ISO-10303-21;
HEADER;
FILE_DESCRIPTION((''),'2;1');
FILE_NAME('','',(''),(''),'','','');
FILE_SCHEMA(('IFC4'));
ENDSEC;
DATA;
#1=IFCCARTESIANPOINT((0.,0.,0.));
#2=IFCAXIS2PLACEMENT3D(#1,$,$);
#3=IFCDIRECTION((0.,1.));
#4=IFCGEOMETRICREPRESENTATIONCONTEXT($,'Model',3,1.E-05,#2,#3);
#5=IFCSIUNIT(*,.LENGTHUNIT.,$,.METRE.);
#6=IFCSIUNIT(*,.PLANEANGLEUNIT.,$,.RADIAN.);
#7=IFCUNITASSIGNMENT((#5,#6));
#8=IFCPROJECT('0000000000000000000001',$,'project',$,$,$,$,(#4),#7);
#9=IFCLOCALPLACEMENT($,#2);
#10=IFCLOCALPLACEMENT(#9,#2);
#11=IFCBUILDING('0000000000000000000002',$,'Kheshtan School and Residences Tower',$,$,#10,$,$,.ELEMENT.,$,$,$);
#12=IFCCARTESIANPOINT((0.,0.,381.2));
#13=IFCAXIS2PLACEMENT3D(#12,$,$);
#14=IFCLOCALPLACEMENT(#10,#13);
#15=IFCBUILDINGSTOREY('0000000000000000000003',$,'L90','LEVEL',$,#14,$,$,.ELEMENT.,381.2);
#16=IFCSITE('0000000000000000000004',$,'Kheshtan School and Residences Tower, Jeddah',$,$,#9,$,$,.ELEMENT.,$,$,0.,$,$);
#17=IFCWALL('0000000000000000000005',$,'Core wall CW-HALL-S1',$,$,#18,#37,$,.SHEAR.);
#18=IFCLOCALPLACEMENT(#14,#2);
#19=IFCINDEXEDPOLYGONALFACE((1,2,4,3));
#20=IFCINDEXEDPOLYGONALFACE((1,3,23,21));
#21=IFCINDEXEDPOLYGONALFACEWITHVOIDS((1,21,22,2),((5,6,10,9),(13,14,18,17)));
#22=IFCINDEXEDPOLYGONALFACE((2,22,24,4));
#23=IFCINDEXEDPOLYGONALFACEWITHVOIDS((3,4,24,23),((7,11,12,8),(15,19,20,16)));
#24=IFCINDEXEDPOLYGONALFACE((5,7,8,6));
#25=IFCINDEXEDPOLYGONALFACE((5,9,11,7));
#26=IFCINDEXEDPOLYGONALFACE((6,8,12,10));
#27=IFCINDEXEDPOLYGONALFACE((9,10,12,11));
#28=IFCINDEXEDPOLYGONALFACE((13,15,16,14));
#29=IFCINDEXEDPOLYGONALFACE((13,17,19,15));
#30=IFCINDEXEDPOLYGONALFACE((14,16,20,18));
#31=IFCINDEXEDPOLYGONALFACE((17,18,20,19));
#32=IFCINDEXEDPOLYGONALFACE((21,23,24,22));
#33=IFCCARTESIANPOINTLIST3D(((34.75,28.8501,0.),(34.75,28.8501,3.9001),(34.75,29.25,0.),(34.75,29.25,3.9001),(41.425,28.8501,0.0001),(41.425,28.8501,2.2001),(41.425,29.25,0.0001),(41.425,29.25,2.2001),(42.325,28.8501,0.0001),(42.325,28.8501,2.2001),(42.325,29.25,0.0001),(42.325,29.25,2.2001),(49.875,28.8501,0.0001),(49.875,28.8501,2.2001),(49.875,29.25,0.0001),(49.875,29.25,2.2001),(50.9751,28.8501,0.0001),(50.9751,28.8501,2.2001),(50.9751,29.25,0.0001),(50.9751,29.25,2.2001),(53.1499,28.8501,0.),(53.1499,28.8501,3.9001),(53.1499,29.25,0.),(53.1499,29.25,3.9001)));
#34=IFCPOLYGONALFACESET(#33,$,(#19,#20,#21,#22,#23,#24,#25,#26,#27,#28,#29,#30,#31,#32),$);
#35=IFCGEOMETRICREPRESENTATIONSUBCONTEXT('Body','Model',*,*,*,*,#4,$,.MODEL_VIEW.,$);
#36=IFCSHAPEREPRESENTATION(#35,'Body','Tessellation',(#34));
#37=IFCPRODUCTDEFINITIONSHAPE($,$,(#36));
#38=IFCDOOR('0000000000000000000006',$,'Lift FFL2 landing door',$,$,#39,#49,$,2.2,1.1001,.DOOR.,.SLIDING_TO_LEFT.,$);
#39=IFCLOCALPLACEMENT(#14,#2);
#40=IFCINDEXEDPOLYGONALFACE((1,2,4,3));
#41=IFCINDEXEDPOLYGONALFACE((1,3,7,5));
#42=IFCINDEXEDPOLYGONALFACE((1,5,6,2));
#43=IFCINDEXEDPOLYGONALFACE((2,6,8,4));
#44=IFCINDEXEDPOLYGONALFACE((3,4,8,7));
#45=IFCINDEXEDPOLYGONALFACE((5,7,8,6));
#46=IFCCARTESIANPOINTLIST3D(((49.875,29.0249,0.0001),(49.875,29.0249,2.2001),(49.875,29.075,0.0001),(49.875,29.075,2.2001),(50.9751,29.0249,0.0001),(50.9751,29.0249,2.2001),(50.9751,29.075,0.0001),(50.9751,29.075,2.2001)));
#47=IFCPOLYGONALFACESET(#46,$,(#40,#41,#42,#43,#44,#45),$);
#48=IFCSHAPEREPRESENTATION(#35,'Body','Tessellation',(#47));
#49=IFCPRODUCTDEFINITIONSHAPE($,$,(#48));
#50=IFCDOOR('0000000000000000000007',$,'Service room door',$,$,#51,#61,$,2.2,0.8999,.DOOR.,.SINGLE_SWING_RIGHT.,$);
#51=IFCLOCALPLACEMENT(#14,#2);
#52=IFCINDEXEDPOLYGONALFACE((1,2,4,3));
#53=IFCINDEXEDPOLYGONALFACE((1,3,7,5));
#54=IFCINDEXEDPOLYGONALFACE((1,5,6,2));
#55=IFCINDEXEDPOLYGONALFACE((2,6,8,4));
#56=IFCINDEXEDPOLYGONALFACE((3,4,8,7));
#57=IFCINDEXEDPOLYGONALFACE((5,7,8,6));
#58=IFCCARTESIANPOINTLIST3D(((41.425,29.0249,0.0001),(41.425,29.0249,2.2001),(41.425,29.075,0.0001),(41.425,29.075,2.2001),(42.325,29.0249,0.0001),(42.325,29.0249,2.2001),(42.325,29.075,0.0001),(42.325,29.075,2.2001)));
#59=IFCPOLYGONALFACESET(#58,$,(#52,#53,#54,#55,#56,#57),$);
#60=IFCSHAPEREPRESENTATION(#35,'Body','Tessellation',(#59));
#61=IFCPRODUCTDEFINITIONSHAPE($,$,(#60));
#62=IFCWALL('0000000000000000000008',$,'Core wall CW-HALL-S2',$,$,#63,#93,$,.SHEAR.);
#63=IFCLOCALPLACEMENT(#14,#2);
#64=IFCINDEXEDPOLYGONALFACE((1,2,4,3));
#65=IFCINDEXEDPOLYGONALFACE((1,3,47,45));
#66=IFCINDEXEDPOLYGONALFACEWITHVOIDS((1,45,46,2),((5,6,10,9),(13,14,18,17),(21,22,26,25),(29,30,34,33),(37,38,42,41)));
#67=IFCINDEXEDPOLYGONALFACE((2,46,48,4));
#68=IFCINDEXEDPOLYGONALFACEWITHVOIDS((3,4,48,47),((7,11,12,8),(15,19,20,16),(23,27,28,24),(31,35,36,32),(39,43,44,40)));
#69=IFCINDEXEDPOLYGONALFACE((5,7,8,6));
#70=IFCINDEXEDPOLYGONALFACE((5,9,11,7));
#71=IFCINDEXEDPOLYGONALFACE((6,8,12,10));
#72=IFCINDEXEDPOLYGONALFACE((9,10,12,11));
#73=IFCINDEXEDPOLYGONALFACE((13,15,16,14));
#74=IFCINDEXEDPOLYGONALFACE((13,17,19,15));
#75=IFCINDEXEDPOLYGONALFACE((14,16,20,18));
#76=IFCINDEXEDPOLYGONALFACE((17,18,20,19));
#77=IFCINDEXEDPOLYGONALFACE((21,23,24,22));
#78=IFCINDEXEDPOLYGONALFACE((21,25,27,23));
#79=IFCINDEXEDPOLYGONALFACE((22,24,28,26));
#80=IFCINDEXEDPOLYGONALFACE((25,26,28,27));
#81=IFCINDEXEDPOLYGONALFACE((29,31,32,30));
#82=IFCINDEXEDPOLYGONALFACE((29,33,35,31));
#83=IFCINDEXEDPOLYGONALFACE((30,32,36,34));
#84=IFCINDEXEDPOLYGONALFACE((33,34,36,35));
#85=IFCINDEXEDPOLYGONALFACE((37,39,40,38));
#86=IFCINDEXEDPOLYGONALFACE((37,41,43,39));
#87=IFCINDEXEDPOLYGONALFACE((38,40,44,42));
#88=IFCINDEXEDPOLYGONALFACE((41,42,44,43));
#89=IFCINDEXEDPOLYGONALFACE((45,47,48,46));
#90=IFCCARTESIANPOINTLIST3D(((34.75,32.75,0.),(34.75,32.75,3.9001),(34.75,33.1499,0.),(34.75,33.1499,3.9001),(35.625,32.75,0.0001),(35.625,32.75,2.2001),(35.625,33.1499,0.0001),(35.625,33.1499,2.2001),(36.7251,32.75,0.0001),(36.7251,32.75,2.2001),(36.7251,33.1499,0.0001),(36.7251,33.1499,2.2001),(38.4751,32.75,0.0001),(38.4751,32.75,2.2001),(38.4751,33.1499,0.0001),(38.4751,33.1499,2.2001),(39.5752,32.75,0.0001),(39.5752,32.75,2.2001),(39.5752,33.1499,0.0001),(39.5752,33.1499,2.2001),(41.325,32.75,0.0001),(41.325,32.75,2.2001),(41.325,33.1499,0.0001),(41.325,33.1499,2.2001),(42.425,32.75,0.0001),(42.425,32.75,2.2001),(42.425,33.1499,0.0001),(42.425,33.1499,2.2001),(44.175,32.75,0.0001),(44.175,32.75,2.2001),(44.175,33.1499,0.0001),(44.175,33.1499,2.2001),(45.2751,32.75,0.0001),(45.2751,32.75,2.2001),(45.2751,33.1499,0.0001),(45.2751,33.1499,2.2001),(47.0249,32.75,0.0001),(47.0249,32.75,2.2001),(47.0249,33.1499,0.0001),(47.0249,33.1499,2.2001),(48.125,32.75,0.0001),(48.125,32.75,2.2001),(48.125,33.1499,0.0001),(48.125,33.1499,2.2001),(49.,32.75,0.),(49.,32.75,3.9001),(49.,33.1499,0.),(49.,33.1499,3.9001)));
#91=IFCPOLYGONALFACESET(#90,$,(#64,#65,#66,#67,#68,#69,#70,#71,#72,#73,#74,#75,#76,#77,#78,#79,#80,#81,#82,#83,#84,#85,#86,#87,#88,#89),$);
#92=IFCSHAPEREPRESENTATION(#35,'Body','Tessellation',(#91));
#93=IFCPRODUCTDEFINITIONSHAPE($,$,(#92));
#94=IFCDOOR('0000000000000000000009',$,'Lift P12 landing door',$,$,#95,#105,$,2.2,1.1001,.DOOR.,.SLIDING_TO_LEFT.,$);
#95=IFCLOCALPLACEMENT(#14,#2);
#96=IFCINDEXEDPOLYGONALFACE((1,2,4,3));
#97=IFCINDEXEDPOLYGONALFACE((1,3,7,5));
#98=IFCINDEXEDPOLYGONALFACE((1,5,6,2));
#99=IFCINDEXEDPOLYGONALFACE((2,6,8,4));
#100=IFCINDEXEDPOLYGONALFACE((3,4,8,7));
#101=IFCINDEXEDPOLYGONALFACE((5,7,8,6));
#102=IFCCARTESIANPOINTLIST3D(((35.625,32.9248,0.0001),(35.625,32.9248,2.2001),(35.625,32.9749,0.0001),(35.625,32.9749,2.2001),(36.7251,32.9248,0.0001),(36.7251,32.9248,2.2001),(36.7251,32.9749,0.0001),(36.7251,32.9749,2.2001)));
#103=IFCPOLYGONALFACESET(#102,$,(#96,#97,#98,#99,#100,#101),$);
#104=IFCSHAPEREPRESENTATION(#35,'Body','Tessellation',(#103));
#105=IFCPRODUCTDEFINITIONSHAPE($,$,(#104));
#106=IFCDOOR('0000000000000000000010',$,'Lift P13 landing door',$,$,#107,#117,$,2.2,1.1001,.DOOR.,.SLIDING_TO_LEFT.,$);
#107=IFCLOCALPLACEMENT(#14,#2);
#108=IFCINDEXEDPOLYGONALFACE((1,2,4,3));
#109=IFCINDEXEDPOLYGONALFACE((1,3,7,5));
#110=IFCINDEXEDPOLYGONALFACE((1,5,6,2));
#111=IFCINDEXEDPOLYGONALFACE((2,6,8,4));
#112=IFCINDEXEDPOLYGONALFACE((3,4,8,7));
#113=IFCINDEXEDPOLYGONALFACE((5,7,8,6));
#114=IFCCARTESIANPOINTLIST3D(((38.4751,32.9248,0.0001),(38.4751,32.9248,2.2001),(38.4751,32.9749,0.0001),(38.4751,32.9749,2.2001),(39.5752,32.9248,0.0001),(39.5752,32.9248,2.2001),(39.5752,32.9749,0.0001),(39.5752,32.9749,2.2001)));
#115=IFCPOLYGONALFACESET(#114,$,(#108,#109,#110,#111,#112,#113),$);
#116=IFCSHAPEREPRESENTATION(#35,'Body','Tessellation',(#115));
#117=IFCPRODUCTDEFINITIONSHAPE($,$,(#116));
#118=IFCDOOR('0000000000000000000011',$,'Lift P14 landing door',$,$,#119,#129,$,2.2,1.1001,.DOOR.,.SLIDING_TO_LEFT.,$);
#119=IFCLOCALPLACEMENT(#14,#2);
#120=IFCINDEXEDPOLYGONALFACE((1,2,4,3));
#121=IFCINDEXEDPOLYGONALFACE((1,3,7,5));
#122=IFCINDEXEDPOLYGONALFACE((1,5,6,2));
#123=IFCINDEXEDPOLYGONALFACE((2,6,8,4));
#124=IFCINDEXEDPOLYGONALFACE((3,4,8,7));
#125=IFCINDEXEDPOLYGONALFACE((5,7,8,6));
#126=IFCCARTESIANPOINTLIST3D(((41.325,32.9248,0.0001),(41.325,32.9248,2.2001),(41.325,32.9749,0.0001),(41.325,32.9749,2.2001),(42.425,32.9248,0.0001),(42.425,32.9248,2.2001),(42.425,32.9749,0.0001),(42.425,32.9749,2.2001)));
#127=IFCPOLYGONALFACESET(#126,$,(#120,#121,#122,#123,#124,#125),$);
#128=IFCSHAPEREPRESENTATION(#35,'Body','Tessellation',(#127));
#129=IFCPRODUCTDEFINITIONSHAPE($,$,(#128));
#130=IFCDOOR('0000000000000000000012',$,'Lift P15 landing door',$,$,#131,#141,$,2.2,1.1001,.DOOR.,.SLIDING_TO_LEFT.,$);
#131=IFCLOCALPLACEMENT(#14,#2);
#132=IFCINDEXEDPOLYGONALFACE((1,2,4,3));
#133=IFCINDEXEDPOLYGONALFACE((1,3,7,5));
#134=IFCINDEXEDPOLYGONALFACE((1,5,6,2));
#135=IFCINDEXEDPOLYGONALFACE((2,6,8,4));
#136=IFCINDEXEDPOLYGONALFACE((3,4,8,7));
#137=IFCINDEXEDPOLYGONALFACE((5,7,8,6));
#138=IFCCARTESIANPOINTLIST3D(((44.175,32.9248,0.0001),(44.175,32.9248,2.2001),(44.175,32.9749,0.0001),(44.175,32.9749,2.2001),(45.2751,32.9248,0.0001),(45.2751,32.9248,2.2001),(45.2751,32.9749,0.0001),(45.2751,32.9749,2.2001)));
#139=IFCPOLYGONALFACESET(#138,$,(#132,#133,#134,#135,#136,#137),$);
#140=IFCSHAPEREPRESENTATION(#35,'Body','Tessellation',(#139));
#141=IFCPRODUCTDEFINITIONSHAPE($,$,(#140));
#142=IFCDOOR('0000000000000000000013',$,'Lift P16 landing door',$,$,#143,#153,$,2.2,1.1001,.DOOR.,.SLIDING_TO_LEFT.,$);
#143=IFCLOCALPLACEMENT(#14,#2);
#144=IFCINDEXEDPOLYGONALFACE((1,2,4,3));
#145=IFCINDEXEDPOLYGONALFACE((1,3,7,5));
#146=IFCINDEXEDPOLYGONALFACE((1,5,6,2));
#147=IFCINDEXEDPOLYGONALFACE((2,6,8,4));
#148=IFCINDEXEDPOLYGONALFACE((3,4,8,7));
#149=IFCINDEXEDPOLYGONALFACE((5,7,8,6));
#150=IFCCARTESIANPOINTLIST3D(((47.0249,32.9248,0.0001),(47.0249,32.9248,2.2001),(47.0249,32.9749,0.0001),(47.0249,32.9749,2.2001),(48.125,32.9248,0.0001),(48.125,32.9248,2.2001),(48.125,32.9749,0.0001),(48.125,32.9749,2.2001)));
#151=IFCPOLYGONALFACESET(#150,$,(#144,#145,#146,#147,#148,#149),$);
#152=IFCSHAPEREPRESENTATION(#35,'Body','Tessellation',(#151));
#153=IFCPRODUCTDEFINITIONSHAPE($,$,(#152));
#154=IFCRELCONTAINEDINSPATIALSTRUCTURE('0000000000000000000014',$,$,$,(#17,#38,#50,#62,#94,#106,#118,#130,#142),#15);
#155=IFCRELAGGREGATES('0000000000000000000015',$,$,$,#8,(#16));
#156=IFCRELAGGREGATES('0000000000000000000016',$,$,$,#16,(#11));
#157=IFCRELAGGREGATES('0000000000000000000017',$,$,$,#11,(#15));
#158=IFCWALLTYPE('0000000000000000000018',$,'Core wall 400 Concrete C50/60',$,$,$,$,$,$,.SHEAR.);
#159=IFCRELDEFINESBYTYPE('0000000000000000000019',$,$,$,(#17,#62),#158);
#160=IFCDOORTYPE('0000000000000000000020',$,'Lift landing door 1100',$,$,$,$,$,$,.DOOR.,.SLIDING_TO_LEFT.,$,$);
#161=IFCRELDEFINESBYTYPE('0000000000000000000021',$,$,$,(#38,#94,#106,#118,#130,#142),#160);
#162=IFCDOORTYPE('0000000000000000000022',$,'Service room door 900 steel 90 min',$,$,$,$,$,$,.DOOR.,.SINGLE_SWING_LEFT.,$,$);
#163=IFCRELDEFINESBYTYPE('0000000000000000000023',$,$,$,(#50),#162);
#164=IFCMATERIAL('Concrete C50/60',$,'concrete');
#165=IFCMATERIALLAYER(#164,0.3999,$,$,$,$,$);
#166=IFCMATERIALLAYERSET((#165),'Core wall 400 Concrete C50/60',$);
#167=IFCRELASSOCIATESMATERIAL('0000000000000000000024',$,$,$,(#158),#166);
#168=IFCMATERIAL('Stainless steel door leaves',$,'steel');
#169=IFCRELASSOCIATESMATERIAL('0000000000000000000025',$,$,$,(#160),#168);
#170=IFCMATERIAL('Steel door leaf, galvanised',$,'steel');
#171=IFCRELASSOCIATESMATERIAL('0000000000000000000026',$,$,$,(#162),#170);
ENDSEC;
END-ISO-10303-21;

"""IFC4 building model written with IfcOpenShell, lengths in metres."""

from ifc_helpers import new_model, si_unit, direction, frame, frame_2d, origin, place, context, subcontext, project, spatial, rectangle, extrude, source, transform, mapped, material, layer, layer_set, type_object, element, fill, save


model = new_model("IFC4")

# Units and contexts
model_context = context("Model", 3, precision=1e-05, world=origin(), true_north=direction((0.0, 1.0)))
body_context = subcontext(model_context, "Body", "Model", "MODEL_VIEW")
ifc_project = project(units=[si_unit("LENGTHUNIT", "METRE"), si_unit("PLANEANGLEUNIT", "RADIAN")], contexts=[model_context])

# Site, building, storey
site_placement = place(None, origin())
site = spatial("IfcSite", under=ifc_project, at=site_placement, Name="Kheshtan School and Residences Tower, Jeddah", CompositionType="ELEMENT", RefElevation=0.0)
building_placement = place(site_placement, origin())
building = spatial("IfcBuilding", under=site, at=building_placement, Name="Kheshtan School and Residences Tower", CompositionType="ELEMENT")
storey_placement = place(building_placement, frame((0.0, 0.0, 381.2)))
storey = spatial("IfcBuildingStorey", under=building, at=storey_placement, Name="L90", Description="LEVEL", CompositionType="ELEMENT", Elevation=381.2)

# Walls, openings, doors
ifc_material_1 = material(Name="Concrete C50/60", Category="concrete")
ifc_layer_1 = layer(ifc_material_1, 0.3999)
ifc_layer_set_1 = layer_set([ifc_layer_1], Name="Core wall 400 Concrete C50/60")
wall_type_1 = type_object("IfcWallType", Name="Core wall 400 Concrete C50/60", PredefinedType="SHEAR", material=ifc_layer_set_1)
wall_1_placement = place(storey_placement, frame((34.75, 29.05, 0.0), z_axis=(0.0, 0.0, 1.0), x_axis=(1.0, 0.0, 0.0)))
wall_1 = element("IfcWall", 1, at=wall_1_placement, inside=storey, type_object=wall_type_1, Name="Core wall CW-HALL-S1", PredefinedType="SHEAR", context=body_context, shape_type="SweptSolid", body=[
    extrude(rectangle(XDim=18.3999, YDim=0.3999, at=frame_2d((9.2, 0.0))), origin(), (0.0, 0.0, 1.0), 3.9001),
])
opening_1_placement = place(wall_1_placement, frame((15.125, 0.0, 0.0)))
opening_1 = element("IfcOpeningElement", 2, at=opening_1_placement, cuts=wall_1, PredefinedType="OPENING", context=body_context, shape_type="SweptSolid", body=[
    extrude(rectangle(XDim=1.1001, YDim=2.2, at=frame_2d((0.55, 1.1001))), frame((0.0, 0.21, 0.0), z_axis=(0.0, -1.0, 0.0), x_axis=(1.0, 0.0, 0.0)), (0.0, 0.0, 1.0), 0.4199),
])
opening_2_placement = place(wall_1_placement, frame((6.675, 0.0, 0.0)))
opening_2 = element("IfcOpeningElement", 3, at=opening_2_placement, cuts=wall_1, PredefinedType="OPENING", context=body_context, shape_type="SweptSolid", body=[
    extrude(rectangle(XDim=0.8999, YDim=2.2, at=frame_2d((0.45, 1.1001))), frame((0.0, 0.21, 0.0), z_axis=(0.0, -1.0, 0.0), x_axis=(1.0, 0.0, 0.0)), (0.0, 0.0, 1.0), 0.4199),
])
ifc_material_2 = material(Name="Stainless steel door leaves", Category="steel")
door_type_1 = type_object("IfcDoorType", Name="Lift landing door 1100", OperationType="SLIDING_TO_LEFT", PredefinedType="DOOR", material=ifc_material_2)
shared_shape_1 = source(origin(), body_context, "Body", "SweptSolid", [
    extrude(rectangle(XDim=1.1001, YDim=2.2, at=frame_2d((0.55, 1.1001))), frame((0.0, 0.0249, 0.0), z_axis=(0.0, -1.0, 0.0), x_axis=(1.0, 0.0, 0.0)), (0.0, 0.0, 1.0), 0.05),
])
door_1_placement = place(opening_1_placement, origin())
door_1 = element("IfcDoor", 4, at=door_1_placement, inside=storey, type_object=door_type_1, Name="Lift FFL2 landing door", OperationType="SLIDING_TO_LEFT", OverallHeight=2.2, OverallWidth=1.1001, PredefinedType="DOOR", context=body_context, shape_type="MappedRepresentation", body=[
    mapped(shared_shape_1, transform((0.0, 0.0, 0.0), x_axis=(1.0, 0.0, 0.0), y_axis=(0.0, 1.0, 0.0), z_axis=(0.0, 0.0, 1.0), scale=1.0)),
])
fill(opening_1, door_1)
ifc_material_3 = material(Name="Steel door leaf, galvanised", Category="steel")
door_type_2 = type_object("IfcDoorType", Name="Service room door 900 steel 90 min", OperationType="SINGLE_SWING_LEFT", PredefinedType="DOOR", material=ifc_material_3)
shared_shape_2 = source(origin(), body_context, "Body", "SweptSolid", [
    extrude(rectangle(XDim=0.8999, YDim=2.2, at=frame_2d((0.45, 1.1001))), frame((0.0, 0.0249, 0.0), z_axis=(0.0, -1.0, 0.0), x_axis=(1.0, 0.0, 0.0)), (0.0, 0.0, 1.0), 0.05),
])
door_2_placement = place(opening_2_placement, origin())
door_2 = element("IfcDoor", 5, at=door_2_placement, inside=storey, type_object=door_type_2, Name="Service room door", OperationType="SINGLE_SWING_RIGHT", OverallHeight=2.2, OverallWidth=0.8999, PredefinedType="DOOR", context=body_context, shape_type="MappedRepresentation", body=[
    mapped(shared_shape_2, transform((0.0, 0.0, 0.0), x_axis=(1.0, 0.0, 0.0), y_axis=(0.0, 1.0, 0.0), z_axis=(0.0, 0.0, 1.0), scale=1.0)),
])
fill(opening_2, door_2)
wall_2_placement = place(storey_placement, frame((34.75, 32.95, 0.0), z_axis=(0.0, 0.0, 1.0), x_axis=(1.0, 0.0, 0.0)))
wall_2 = element("IfcWall", 6, at=wall_2_placement, inside=storey, type_object=wall_type_1, Name="Core wall CW-HALL-S2", PredefinedType="SHEAR", context=body_context, shape_type="SweptSolid", body=[
    extrude(rectangle(XDim=14.25, YDim=0.3999, at=frame_2d((7.125, 0.0))), origin(), (0.0, 0.0, 1.0), 3.9001),
])
opening_3_placement = place(wall_2_placement, frame((0.875, 0.0, 0.0)))
opening_3 = element("IfcOpeningElement", 7, at=opening_3_placement, cuts=wall_2, PredefinedType="OPENING", context=body_context, shape_type="SweptSolid", body=[
    extrude(rectangle(XDim=1.1001, YDim=2.2, at=frame_2d((0.55, 1.1001))), frame((0.0, 0.21, 0.0), z_axis=(0.0, -1.0, 0.0), x_axis=(1.0, 0.0, 0.0)), (0.0, 0.0, 1.0), 0.4199),
])
opening_4_placement = place(wall_2_placement, frame((3.7251, 0.0, 0.0)))
opening_4 = element("IfcOpeningElement", 8, at=opening_4_placement, cuts=wall_2, PredefinedType="OPENING", context=body_context, shape_type="SweptSolid", body=[
    extrude(rectangle(XDim=1.1001, YDim=2.2, at=frame_2d((0.55, 1.1001))), frame((0.0, 0.21, 0.0), z_axis=(0.0, -1.0, 0.0), x_axis=(1.0, 0.0, 0.0)), (0.0, 0.0, 1.0), 0.4199),
])
opening_5_placement = place(wall_2_placement, frame((6.575, 0.0, 0.0)))
opening_5 = element("IfcOpeningElement", 9, at=opening_5_placement, cuts=wall_2, PredefinedType="OPENING", context=body_context, shape_type="SweptSolid", body=[
    extrude(rectangle(XDim=1.1001, YDim=2.2, at=frame_2d((0.55, 1.1001))), frame((0.0, 0.21, 0.0), z_axis=(0.0, -1.0, 0.0), x_axis=(1.0, 0.0, 0.0)), (0.0, 0.0, 1.0), 0.4199),
])
opening_6_placement = place(wall_2_placement, frame((9.425, 0.0, 0.0)))
opening_6 = element("IfcOpeningElement", 10, at=opening_6_placement, cuts=wall_2, PredefinedType="OPENING", context=body_context, shape_type="SweptSolid", body=[
    extrude(rectangle(XDim=1.1001, YDim=2.2, at=frame_2d((0.55, 1.1001))), frame((0.0, 0.21, 0.0), z_axis=(0.0, -1.0, 0.0), x_axis=(1.0, 0.0, 0.0)), (0.0, 0.0, 1.0), 0.4199),
])
opening_7_placement = place(wall_2_placement, frame((12.2749, 0.0, 0.0)))
opening_7 = element("IfcOpeningElement", 11, at=opening_7_placement, cuts=wall_2, PredefinedType="OPENING", context=body_context, shape_type="SweptSolid", body=[
    extrude(rectangle(XDim=1.1001, YDim=2.2, at=frame_2d((0.55, 1.1001))), frame((0.0, 0.21, 0.0), z_axis=(0.0, -1.0, 0.0), x_axis=(1.0, 0.0, 0.0)), (0.0, 0.0, 1.0), 0.4199),
])
door_3_placement = place(opening_3_placement, origin())
door_3 = element("IfcDoor", 12, at=door_3_placement, inside=storey, type_object=door_type_1, Name="Lift P12 landing door", OperationType="SLIDING_TO_LEFT", OverallHeight=2.2, OverallWidth=1.1001, PredefinedType="DOOR", context=body_context, shape_type="MappedRepresentation", body=[
    mapped(shared_shape_1, transform((0.0, 0.0, 0.0), x_axis=(1.0, 0.0, 0.0), y_axis=(0.0, 1.0, 0.0), z_axis=(0.0, 0.0, 1.0), scale=1.0)),
])
fill(opening_3, door_3)
door_4_placement = place(opening_4_placement, origin())
door_4 = element("IfcDoor", 13, at=door_4_placement, inside=storey, type_object=door_type_1, Name="Lift P13 landing door", OperationType="SLIDING_TO_LEFT", OverallHeight=2.2, OverallWidth=1.1001, PredefinedType="DOOR", context=body_context, shape_type="MappedRepresentation", body=[
    mapped(shared_shape_1, transform((0.0, 0.0, 0.0), x_axis=(1.0, 0.0, 0.0), y_axis=(0.0, 1.0, 0.0), z_axis=(0.0, 0.0, 1.0), scale=1.0)),
])
fill(opening_4, door_4)
door_5_placement = place(opening_5_placement, origin())
door_5 = element("IfcDoor", 14, at=door_5_placement, inside=storey, type_object=door_type_1, Name="Lift P14 landing door", OperationType="SLIDING_TO_LEFT", OverallHeight=2.2, OverallWidth=1.1001, PredefinedType="DOOR", context=body_context, shape_type="MappedRepresentation", body=[
    mapped(shared_shape_1, transform((0.0, 0.0, 0.0), x_axis=(1.0, 0.0, 0.0), y_axis=(0.0, 1.0, 0.0), z_axis=(0.0, 0.0, 1.0), scale=1.0)),
])
fill(opening_5, door_5)
door_6_placement = place(opening_6_placement, origin())
door_6 = element("IfcDoor", 15, at=door_6_placement, inside=storey, type_object=door_type_1, Name="Lift P15 landing door", OperationType="SLIDING_TO_LEFT", OverallHeight=2.2, OverallWidth=1.1001, PredefinedType="DOOR", context=body_context, shape_type="MappedRepresentation", body=[
    mapped(shared_shape_1, transform((0.0, 0.0, 0.0), x_axis=(1.0, 0.0, 0.0), y_axis=(0.0, 1.0, 0.0), z_axis=(0.0, 0.0, 1.0), scale=1.0)),
])
fill(opening_6, door_6)
door_7_placement = place(opening_7_placement, origin())
door_7 = element("IfcDoor", 16, at=door_7_placement, inside=storey, type_object=door_type_1, Name="Lift P16 landing door", OperationType="SLIDING_TO_LEFT", OverallHeight=2.2, OverallWidth=1.1001, PredefinedType="DOOR", context=body_context, shape_type="MappedRepresentation", body=[
    mapped(shared_shape_1, transform((0.0, 0.0, 0.0), x_axis=(1.0, 0.0, 0.0), y_axis=(0.0, 1.0, 0.0), z_axis=(0.0, 0.0, 1.0), scale=1.0)),
])
fill(opening_7, door_7)

save(model, "model.ifc")
